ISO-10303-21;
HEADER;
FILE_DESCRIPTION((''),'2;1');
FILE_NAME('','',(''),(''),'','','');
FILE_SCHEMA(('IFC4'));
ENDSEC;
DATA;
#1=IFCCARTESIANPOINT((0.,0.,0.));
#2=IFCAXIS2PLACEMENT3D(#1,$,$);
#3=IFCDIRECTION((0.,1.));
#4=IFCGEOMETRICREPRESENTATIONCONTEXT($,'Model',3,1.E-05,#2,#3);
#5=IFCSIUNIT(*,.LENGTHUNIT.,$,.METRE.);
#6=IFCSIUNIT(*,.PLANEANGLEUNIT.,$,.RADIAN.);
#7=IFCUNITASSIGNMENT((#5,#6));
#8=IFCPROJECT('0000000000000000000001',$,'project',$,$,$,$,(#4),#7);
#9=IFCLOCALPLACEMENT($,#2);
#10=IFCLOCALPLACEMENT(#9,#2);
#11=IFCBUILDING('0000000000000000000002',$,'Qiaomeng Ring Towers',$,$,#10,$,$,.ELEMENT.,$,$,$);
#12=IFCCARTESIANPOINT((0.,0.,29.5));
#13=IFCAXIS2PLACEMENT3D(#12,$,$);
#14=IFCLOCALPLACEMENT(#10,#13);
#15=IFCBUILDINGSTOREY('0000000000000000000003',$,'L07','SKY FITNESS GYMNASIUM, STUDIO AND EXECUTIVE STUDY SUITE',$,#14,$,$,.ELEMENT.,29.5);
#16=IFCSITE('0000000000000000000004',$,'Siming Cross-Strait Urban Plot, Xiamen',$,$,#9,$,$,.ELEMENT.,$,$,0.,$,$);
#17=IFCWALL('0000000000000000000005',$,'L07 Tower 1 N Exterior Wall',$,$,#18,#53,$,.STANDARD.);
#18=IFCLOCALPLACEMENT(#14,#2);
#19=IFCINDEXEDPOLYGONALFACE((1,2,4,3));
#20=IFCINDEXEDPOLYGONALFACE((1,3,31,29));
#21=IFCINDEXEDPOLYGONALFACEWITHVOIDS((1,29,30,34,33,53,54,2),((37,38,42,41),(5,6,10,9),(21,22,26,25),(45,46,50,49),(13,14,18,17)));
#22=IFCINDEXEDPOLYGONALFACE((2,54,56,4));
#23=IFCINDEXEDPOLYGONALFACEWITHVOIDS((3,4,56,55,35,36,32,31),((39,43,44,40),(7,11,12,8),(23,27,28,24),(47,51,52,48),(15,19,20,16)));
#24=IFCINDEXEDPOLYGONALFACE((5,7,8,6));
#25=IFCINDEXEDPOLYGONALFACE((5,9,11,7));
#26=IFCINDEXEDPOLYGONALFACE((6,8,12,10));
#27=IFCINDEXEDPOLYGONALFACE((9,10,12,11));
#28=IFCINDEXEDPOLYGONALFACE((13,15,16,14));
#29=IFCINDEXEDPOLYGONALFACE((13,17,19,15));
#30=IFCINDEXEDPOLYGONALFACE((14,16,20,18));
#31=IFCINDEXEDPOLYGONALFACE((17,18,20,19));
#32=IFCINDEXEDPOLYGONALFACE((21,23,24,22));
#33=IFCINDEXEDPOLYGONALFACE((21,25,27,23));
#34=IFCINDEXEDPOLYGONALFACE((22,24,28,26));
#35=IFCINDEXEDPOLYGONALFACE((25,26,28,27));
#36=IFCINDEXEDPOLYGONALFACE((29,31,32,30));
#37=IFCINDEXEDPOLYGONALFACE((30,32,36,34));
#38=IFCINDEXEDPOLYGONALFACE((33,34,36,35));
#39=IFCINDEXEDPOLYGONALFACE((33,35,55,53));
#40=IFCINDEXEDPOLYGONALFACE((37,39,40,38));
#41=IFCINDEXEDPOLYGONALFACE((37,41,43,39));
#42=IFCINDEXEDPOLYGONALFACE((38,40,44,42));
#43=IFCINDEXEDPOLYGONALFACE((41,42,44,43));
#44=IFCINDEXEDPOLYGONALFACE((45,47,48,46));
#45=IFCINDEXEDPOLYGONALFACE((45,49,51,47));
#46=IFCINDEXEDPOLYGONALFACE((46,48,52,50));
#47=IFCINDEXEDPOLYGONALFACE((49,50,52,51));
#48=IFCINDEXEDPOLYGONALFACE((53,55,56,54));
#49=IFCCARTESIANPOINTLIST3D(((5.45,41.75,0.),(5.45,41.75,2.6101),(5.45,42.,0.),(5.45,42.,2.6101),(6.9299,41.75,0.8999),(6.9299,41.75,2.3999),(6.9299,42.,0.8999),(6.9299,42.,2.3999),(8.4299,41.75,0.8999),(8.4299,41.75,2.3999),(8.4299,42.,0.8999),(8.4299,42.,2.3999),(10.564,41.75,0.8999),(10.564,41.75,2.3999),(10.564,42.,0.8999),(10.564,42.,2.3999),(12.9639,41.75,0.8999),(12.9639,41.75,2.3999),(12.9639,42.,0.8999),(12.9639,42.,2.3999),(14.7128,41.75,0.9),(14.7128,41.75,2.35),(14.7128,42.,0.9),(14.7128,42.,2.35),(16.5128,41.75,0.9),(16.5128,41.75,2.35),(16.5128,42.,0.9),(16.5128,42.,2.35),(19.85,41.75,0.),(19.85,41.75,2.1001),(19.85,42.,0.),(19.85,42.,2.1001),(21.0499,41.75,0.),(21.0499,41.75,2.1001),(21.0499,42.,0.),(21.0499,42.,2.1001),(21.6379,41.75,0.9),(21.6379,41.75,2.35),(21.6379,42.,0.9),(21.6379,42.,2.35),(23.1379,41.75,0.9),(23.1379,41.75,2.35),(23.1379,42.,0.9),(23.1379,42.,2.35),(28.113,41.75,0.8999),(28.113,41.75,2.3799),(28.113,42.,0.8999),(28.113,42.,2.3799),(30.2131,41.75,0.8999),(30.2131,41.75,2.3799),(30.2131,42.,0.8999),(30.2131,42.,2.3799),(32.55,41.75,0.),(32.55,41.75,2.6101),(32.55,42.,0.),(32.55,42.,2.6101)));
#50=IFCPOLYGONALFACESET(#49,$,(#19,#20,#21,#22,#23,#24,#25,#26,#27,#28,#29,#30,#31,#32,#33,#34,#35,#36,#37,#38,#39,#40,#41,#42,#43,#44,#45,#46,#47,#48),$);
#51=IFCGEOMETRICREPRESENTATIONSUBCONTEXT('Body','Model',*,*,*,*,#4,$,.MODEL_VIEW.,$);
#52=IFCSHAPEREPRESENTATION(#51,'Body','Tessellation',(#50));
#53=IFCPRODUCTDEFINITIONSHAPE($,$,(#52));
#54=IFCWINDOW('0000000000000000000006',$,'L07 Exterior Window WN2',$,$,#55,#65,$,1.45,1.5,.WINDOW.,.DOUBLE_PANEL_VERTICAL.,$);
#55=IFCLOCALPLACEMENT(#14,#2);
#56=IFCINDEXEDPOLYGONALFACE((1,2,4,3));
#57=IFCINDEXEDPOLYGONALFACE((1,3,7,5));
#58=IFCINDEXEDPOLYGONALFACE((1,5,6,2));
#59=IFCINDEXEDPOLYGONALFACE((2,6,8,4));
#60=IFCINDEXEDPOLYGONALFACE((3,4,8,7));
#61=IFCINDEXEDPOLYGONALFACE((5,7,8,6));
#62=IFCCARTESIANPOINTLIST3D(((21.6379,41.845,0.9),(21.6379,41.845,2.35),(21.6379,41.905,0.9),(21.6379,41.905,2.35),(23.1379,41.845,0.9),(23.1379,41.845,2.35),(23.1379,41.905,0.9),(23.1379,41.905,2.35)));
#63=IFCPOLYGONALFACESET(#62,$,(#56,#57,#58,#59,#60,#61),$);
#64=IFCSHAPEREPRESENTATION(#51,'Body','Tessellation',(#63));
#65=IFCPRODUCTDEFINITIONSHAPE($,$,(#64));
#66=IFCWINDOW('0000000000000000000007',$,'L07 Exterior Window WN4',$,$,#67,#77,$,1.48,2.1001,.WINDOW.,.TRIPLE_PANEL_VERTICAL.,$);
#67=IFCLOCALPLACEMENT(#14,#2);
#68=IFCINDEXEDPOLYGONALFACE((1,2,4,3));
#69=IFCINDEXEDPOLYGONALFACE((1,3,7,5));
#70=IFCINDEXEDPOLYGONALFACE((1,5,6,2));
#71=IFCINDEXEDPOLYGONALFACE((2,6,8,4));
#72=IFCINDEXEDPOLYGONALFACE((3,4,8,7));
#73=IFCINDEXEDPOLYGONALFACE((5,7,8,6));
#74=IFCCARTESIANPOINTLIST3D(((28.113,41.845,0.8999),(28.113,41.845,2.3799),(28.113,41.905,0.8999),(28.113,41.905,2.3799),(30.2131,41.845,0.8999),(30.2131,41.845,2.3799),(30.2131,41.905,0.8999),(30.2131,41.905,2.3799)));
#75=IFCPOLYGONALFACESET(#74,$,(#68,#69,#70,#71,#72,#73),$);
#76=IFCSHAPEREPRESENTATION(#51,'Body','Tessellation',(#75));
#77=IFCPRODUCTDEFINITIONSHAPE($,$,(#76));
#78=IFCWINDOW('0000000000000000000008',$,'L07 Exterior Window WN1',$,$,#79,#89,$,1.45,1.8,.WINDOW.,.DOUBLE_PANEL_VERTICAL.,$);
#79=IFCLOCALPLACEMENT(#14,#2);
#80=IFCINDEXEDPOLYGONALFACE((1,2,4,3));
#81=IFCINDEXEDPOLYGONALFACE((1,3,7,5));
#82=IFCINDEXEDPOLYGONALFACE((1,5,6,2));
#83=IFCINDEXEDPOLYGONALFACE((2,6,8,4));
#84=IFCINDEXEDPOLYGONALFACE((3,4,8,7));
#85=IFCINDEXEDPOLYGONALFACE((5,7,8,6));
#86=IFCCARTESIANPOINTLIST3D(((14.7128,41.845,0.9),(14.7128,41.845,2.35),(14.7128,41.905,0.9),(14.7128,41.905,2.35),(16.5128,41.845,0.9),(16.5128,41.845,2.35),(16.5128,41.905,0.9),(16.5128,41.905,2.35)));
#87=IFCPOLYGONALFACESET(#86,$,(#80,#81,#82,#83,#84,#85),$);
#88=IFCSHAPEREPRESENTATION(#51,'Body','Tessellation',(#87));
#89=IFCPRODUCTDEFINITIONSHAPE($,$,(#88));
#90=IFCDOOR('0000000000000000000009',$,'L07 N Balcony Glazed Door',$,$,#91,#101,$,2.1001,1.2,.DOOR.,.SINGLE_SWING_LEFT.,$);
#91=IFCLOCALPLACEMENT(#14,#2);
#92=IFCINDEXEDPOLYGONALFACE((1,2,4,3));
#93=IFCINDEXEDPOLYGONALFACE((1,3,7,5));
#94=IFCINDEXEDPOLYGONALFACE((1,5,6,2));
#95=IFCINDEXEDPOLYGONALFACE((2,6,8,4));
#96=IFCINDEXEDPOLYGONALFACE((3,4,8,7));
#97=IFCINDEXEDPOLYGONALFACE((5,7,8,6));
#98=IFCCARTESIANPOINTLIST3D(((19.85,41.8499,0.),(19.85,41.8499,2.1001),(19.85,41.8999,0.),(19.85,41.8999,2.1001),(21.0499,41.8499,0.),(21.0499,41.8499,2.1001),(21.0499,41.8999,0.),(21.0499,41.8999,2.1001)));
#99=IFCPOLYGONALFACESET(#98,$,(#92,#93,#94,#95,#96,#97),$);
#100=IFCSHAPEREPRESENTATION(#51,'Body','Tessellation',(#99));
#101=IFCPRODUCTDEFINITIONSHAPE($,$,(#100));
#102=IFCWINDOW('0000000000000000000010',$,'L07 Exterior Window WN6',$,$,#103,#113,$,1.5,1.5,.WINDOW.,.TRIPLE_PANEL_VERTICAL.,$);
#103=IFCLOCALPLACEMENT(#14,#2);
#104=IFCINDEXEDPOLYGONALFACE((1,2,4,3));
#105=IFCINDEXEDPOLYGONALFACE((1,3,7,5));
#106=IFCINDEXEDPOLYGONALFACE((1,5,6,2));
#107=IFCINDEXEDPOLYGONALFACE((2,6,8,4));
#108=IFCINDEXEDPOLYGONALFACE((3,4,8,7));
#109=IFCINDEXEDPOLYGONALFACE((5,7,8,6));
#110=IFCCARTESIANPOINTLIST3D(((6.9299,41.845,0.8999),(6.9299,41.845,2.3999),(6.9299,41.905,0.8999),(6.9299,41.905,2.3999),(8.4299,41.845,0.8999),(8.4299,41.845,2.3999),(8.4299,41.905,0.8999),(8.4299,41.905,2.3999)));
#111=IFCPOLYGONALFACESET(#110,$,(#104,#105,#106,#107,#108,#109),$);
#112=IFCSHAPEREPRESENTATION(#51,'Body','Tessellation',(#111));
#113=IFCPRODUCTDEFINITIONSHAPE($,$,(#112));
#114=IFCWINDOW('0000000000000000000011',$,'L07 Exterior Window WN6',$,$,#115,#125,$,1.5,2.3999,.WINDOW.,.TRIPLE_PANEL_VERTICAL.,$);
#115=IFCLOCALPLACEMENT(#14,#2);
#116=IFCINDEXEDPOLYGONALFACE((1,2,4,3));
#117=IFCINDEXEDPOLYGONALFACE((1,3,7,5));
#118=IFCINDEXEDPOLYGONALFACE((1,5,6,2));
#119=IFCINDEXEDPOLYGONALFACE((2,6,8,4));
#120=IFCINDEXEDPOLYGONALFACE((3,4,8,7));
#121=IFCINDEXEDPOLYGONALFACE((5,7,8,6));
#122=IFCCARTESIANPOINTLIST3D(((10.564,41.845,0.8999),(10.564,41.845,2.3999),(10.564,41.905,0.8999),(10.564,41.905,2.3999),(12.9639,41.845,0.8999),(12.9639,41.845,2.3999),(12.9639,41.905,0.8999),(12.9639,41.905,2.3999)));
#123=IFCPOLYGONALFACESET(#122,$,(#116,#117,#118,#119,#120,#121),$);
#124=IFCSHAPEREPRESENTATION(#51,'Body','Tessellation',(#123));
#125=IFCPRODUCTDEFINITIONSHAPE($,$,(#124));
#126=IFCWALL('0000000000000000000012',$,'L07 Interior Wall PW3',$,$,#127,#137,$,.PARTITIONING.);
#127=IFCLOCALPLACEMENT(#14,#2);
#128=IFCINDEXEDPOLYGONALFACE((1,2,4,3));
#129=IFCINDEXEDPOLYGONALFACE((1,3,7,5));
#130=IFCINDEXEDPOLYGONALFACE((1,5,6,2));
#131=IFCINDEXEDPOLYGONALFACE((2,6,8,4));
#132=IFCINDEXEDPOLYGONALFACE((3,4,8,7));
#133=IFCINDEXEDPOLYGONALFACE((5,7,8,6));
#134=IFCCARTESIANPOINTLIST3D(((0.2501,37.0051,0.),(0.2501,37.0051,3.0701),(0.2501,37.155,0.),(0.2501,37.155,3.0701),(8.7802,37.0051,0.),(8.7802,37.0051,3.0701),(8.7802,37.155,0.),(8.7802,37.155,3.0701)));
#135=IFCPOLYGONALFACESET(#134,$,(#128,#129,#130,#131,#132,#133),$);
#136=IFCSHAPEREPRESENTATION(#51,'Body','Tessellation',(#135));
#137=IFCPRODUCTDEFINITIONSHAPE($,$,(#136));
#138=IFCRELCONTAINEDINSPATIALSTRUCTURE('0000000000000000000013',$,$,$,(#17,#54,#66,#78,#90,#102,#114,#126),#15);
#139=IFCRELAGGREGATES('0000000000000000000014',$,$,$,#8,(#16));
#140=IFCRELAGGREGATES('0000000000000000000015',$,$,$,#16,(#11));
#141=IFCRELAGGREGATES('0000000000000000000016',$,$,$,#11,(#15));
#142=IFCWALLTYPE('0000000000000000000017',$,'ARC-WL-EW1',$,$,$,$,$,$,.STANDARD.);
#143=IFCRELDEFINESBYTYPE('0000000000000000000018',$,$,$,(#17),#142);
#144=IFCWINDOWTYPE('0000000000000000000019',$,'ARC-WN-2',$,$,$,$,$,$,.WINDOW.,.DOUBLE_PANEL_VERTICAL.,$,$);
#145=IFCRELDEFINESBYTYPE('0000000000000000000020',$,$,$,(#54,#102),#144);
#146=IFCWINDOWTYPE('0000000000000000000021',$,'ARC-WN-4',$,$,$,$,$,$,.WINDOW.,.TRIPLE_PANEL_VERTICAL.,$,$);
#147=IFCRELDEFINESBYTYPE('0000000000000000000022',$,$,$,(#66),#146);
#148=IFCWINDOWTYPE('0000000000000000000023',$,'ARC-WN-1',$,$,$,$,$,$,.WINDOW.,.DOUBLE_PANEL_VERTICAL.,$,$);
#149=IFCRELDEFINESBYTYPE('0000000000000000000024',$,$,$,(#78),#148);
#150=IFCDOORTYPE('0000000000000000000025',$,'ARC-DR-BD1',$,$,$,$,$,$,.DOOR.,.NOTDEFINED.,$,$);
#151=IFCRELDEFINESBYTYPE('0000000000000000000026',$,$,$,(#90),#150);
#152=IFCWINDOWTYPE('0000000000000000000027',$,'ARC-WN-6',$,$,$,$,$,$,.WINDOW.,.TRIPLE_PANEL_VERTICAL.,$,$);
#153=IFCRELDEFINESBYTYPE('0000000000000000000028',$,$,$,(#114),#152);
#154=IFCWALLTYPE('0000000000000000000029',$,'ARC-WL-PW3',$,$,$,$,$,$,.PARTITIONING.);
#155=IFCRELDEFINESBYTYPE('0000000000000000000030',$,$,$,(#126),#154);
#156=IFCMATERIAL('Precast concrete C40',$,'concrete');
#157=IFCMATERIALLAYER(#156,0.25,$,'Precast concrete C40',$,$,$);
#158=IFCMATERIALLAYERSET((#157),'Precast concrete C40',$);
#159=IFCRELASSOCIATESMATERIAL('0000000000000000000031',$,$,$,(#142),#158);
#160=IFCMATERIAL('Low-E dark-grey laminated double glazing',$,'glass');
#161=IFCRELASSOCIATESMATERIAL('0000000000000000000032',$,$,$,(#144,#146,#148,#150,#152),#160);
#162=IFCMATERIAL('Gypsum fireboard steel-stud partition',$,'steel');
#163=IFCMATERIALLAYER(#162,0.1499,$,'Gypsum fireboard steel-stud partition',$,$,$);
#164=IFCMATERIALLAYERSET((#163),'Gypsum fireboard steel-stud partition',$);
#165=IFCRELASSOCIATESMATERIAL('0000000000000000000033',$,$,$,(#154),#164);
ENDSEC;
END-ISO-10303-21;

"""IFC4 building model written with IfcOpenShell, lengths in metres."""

from ifc_helpers import new_model, si_unit, direction, frame, frame_2d, origin, place, context, subcontext, project, spatial, rectangle, extrude, source, transform, mapped, material, layer, layer_set, type_object, element, fill, save


model = new_model("IFC4")

# Units and contexts
model_context = context("Model", 3, precision=1e-05, world=origin(), true_north=direction((0.0, 1.0)))
body_context = subcontext(model_context, "Body", "Model", "MODEL_VIEW")
ifc_project = project(units=[si_unit("LENGTHUNIT", "METRE"), si_unit("PLANEANGLEUNIT", "RADIAN")], contexts=[model_context])

# Site, building, storey
site_placement = place(None, origin())
site = spatial("IfcSite", under=ifc_project, at=site_placement, Name="Siming Cross-Strait Urban Plot, Xiamen", CompositionType="ELEMENT", RefElevation=0.0)
building_placement = place(site_placement, origin())
building = spatial("IfcBuilding", under=site, at=building_placement, Name="Qiaomeng Ring Towers", CompositionType="ELEMENT")
storey_placement = place(building_placement, frame((0.0, 0.0, 29.5)))
storey = spatial("IfcBuildingStorey", under=building, at=storey_placement, Name="L07", Description="SKY FITNESS GYMNASIUM, STUDIO AND EXECUTIVE STUDY SUITE", CompositionType="ELEMENT", Elevation=29.5)

# Shared definitions
ifc_material_1 = material(Name="Low-E dark-grey laminated double glazing", Category="glass")

# Wall, openings, windows, door
ifc_material_2 = material(Name="Precast concrete C40", Category="concrete")
ifc_layer_1 = layer(ifc_material_2, 0.25, Name="Precast concrete C40")
ifc_layer_set_1 = layer_set([ifc_layer_1], Name="Precast concrete C40")
wall_type_1 = type_object("IfcWallType", Name="ARC-WL-EW1", PredefinedType="STANDARD", material=ifc_layer_set_1)
wall_1_placement = place(storey_placement, frame((5.45, 41.875, 0.0), z_axis=(0.0, 0.0, 1.0), x_axis=(1.0, 0.0, 0.0)))
wall_1 = element("IfcWall", 1, at=wall_1_placement, inside=storey, type_object=wall_type_1, Name="L07 Tower 1 N Exterior Wall", PredefinedType="STANDARD", context=body_context, shape_type="SweptSolid", body=[
    extrude(rectangle(XDim=27.1001, YDim=0.25, at=frame_2d((13.55, 0.0))), origin(), (0.0, 0.0, 1.0), 2.6101),
])
opening_1_placement = place(wall_1_placement, frame((14.3999, 0.0, 0.0)))
opening_1 = element("IfcOpeningElement", 2, at=opening_1_placement, cuts=wall_1, PredefinedType="OPENING", context=body_context, shape_type="SweptSolid", body=[
    extrude(rectangle(XDim=1.2, YDim=2.1001, at=frame_2d((0.6001, 1.05))), frame((0.0, 0.135, 0.0), z_axis=(0.0, -1.0, 0.0), x_axis=(1.0, 0.0, 0.0)), (0.0, 0.0, 1.0), 0.27),
])
opening_2_placement = place(wall_1_placement, frame((1.48, 0.0, 0.8999)))
opening_2 = element("IfcOpeningElement", 3, at=opening_2_placement, cuts=wall_1, PredefinedType="OPENING", context=body_context, shape_type="SweptSolid", body=[
    extrude(rectangle(XDim=1.5, YDim=1.5, at=frame_2d((0.75, 0.75))), frame((0.0, 0.135, 0.0), z_axis=(0.0, -1.0, 0.0), x_axis=(1.0, 0.0, 0.0)), (0.0, 0.0, 1.0), 0.27),
])
opening_3_placement = place(wall_1_placement, frame((9.2629, 0.0, 0.8999)))
opening_3 = element("IfcOpeningElement", 4, at=opening_3_placement, cuts=wall_1, PredefinedType="OPENING", context=body_context, shape_type="SweptSolid", body=[
    extrude(rectangle(XDim=1.8, YDim=1.45, at=frame_2d((0.8999, 0.7251))), frame((0.0, 0.135, 0.0), z_axis=(0.0, -1.0, 0.0), x_axis=(1.0, 0.0, 0.0)), (0.0, 0.0, 1.0), 0.27),
])
opening_4_placement = place(wall_1_placement, frame((16.188, 0.0, 0.8999)))
opening_4 = element("IfcOpeningElement", 5, at=opening_4_placement, cuts=wall_1, PredefinedType="OPENING", context=body_context, shape_type="SweptSolid", body=[
    extrude(rectangle(XDim=1.5, YDim=1.45, at=frame_2d((0.75, 0.7251))), frame((0.0, 0.135, 0.0), z_axis=(0.0, -1.0, 0.0), x_axis=(1.0, 0.0, 0.0)), (0.0, 0.0, 1.0), 0.27),
])
opening_5_placement = place(wall_1_placement, frame((22.6631, 0.0, 0.8999)))
opening_5 = element("IfcOpeningElement", 6, at=opening_5_placement, cuts=wall_1, PredefinedType="OPENING", context=body_context, shape_type="SweptSolid", body=[
    extrude(rectangle(XDim=2.1001, YDim=1.48, at=frame_2d((1.05, 0.74))), frame((0.0, 0.135, 0.0), z_axis=(0.0, -1.0, 0.0), x_axis=(1.0, 0.0, 0.0)), (0.0, 0.0, 1.0), 0.27),
])
opening_6_placement = place(wall_1_placement, frame((5.114, 0.0, 0.8999)))
opening_6 = element("IfcOpeningElement", 7, at=opening_6_placement, cuts=wall_1, PredefinedType="OPENING", context=body_context, shape_type="SweptSolid", body=[
    extrude(rectangle(XDim=2.3999, YDim=1.5, at=frame_2d((1.2, 0.75))), frame((0.0, 0.135, 0.0), z_axis=(0.0, -1.0, 0.0), x_axis=(1.0, 0.0, 0.0)), (0.0, 0.0, 1.0), 0.27),
])
window_type_1 = type_object("IfcWindowType", Name="ARC-WN-2", PartitioningType="DOUBLE_PANEL_VERTICAL", PredefinedType="WINDOW", material=ifc_material_1)
shared_shape_1 = source(origin(), body_context, "Body", "SweptSolid", [
    extrude(rectangle(XDim=1.5, YDim=1.45, at=frame_2d((0.75, 0.7251))), frame((0.0, 0.03, 0.0), z_axis=(0.0, -1.0, 0.0), x_axis=(1.0, 0.0, 0.0)), (0.0, 0.0, 1.0), 0.0601),
])
window_1_placement = place(opening_4_placement, origin())
window_1 = element("IfcWindow", 8, at=window_1_placement, inside=storey, type_object=window_type_1, Name="L07 Exterior Window WN2", OverallHeight=1.45, OverallWidth=1.5, PartitioningType="DOUBLE_PANEL_VERTICAL", PredefinedType="WINDOW", context=body_context, shape_type="MappedRepresentation", body=[
    mapped(shared_shape_1, transform((0.0, 0.0, 0.0), x_axis=(1.0, 0.0, 0.0), y_axis=(0.0, 1.0, 0.0), z_axis=(0.0, 0.0, 1.0), scale=1.0)),
])
fill(opening_4, window_1)
window_type_2 = type_object("IfcWindowType", Name="ARC-WN-4", PartitioningType="TRIPLE_PANEL_VERTICAL", PredefinedType="WINDOW", material=ifc_material_1)
shared_shape_2 = source(origin(), body_context, "Body", "SweptSolid", [
    extrude(rectangle(XDim=2.1001, YDim=1.48, at=frame_2d((1.05, 0.74))), frame((0.0, 0.03, 0.0), z_axis=(0.0, -1.0, 0.0), x_axis=(1.0, 0.0, 0.0)), (0.0, 0.0, 1.0), 0.0601),
])
window_2_placement = place(opening_5_placement, origin())
window_2 = element("IfcWindow", 9, at=window_2_placement, inside=storey, type_object=window_type_2, Name="L07 Exterior Window WN4", OverallHeight=1.48, OverallWidth=2.1001, PartitioningType="TRIPLE_PANEL_VERTICAL", PredefinedType="WINDOW", context=body_context, shape_type="MappedRepresentation", body=[
    mapped(shared_shape_2, transform((0.0, 0.0, 0.0), x_axis=(1.0, 0.0, 0.0), y_axis=(0.0, 1.0, 0.0), z_axis=(0.0, 0.0, 1.0), scale=1.0)),
])
fill(opening_5, window_2)
window_type_3 = type_object("IfcWindowType", Name="ARC-WN-1", PartitioningType="DOUBLE_PANEL_VERTICAL", PredefinedType="WINDOW", material=ifc_material_1)
shared_shape_3 = source(origin(), body_context, "Body", "SweptSolid", [
    extrude(rectangle(XDim=1.8, YDim=1.45, at=frame_2d((0.8999, 0.7251))), frame((0.0, 0.03, 0.0), z_axis=(0.0, -1.0, 0.0), x_axis=(1.0, 0.0, 0.0)), (0.0, 0.0, 1.0), 0.0601),
])
window_3_placement = place(opening_3_placement, origin())
window_3 = element("IfcWindow", 10, at=window_3_placement, inside=storey, type_object=window_type_3, Name="L07 Exterior Window WN1", OverallHeight=1.45, OverallWidth=1.8, PartitioningType="DOUBLE_PANEL_VERTICAL", PredefinedType="WINDOW", context=body_context, shape_type="MappedRepresentation", body=[
    mapped(shared_shape_3, transform((0.0, 0.0, 0.0), x_axis=(1.0, 0.0, 0.0), y_axis=(0.0, 1.0, 0.0), z_axis=(0.0, 0.0, 1.0), scale=1.0)),
])
fill(opening_3, window_3)
door_type = type_object("IfcDoorType", Name="ARC-DR-BD1", OperationType="NOTDEFINED", PredefinedType="DOOR", material=ifc_material_1)
shared_shape_4 = source(origin(), body_context, "Body", "SweptSolid", [
    extrude(rectangle(XDim=1.2, YDim=2.1001, at=frame_2d((0.6001, 1.05))), frame((0.0, 0.0249, 0.0), z_axis=(0.0, -1.0, 0.0), x_axis=(1.0, 0.0, 0.0)), (0.0, 0.0, 1.0), 0.05),
])
door_placement = place(opening_1_placement, origin())
door = element("IfcDoor", 11, at=door_placement, inside=storey, type_object=door_type, Name="L07 N Balcony Glazed Door", OperationType="SINGLE_SWING_LEFT", OverallHeight=2.1001, OverallWidth=1.2, PredefinedType="DOOR", context=body_context, shape_type="MappedRepresentation", body=[
    mapped(shared_shape_4, transform((0.0, 0.0, 0.0), x_axis=(1.0, 0.0, 0.0), y_axis=(0.0, 1.0, 0.0), z_axis=(0.0, 0.0, 1.0), scale=1.0)),
])
fill(opening_1, door)
shared_shape_5 = source(origin(), body_context, "Body", "SweptSolid", [
    extrude(rectangle(XDim=1.5, YDim=1.5, at=frame_2d((0.75, 0.75))), frame((0.0, 0.03, 0.0), z_axis=(0.0, -1.0, 0.0), x_axis=(1.0, 0.0, 0.0)), (0.0, 0.0, 1.0), 0.0601),
])
window_4_placement = place(opening_2_placement, origin())
window_4 = element("IfcWindow", 12, at=window_4_placement, inside=storey, type_object=window_type_1, Name="L07 Exterior Window WN6", OverallHeight=1.5, OverallWidth=1.5, PartitioningType="TRIPLE_PANEL_VERTICAL", PredefinedType="WINDOW", context=body_context, shape_type="MappedRepresentation", body=[
    mapped(shared_shape_5, transform((0.0, 0.0, 0.0), x_axis=(1.0, 0.0, 0.0), y_axis=(0.0, 1.0, 0.0), z_axis=(0.0, 0.0, 1.0), scale=1.0)),
])
fill(opening_2, window_4)
window_type_4 = type_object("IfcWindowType", Name="ARC-WN-6", PartitioningType="TRIPLE_PANEL_VERTICAL", PredefinedType="WINDOW", material=ifc_material_1)
shared_shape_6 = source(origin(), body_context, "Body", "SweptSolid", [
    extrude(rectangle(XDim=2.3999, YDim=1.5, at=frame_2d((1.2, 0.75))), frame((0.0, 0.03, 0.0), z_axis=(0.0, -1.0, 0.0), x_axis=(1.0, 0.0, 0.0)), (0.0, 0.0, 1.0), 0.0601),
])
window_5_placement = place(opening_6_placement, origin())
window_5 = element("IfcWindow", 13, at=window_5_placement, inside=storey, type_object=window_type_4, Name="L07 Exterior Window WN6", OverallHeight=1.5, OverallWidth=2.3999, PartitioningType="TRIPLE_PANEL_VERTICAL", PredefinedType="WINDOW", context=body_context, shape_type="MappedRepresentation", body=[
    mapped(shared_shape_6, transform((0.0, 0.0, 0.0), x_axis=(1.0, 0.0, 0.0), y_axis=(0.0, 1.0, 0.0), z_axis=(0.0, 0.0, 1.0), scale=1.0)),
])
fill(opening_6, window_5)

# Wall
ifc_material_3 = material(Name="Gypsum fireboard steel-stud partition", Category="steel")
ifc_layer_2 = layer(ifc_material_3, 0.1499, Name="Gypsum fireboard steel-stud partition")
ifc_layer_set_2 = layer_set([ifc_layer_2], Name="Gypsum fireboard steel-stud partition")
wall_type_2 = type_object("IfcWallType", Name="ARC-WL-PW3", PredefinedType="PARTITIONING", material=ifc_layer_set_2)
wall_2_placement = place(storey_placement, frame((0.25, 37.0801, 0.0), z_axis=(0.0, 0.0, 1.0), x_axis=(1.0, 0.0, 0.0)))
element("IfcWall", 14, at=wall_2_placement, inside=storey, type_object=wall_type_2, Name="L07 Interior Wall PW3", PredefinedType="PARTITIONING", context=body_context, shape_type="SweptSolid", body=[
    extrude(rectangle(XDim=8.53, YDim=0.1499, at=frame_2d((4.2651, 0.0))), origin(), (0.0, 0.0, 1.0), 3.0701),
])

save(model, "model.ifc")
